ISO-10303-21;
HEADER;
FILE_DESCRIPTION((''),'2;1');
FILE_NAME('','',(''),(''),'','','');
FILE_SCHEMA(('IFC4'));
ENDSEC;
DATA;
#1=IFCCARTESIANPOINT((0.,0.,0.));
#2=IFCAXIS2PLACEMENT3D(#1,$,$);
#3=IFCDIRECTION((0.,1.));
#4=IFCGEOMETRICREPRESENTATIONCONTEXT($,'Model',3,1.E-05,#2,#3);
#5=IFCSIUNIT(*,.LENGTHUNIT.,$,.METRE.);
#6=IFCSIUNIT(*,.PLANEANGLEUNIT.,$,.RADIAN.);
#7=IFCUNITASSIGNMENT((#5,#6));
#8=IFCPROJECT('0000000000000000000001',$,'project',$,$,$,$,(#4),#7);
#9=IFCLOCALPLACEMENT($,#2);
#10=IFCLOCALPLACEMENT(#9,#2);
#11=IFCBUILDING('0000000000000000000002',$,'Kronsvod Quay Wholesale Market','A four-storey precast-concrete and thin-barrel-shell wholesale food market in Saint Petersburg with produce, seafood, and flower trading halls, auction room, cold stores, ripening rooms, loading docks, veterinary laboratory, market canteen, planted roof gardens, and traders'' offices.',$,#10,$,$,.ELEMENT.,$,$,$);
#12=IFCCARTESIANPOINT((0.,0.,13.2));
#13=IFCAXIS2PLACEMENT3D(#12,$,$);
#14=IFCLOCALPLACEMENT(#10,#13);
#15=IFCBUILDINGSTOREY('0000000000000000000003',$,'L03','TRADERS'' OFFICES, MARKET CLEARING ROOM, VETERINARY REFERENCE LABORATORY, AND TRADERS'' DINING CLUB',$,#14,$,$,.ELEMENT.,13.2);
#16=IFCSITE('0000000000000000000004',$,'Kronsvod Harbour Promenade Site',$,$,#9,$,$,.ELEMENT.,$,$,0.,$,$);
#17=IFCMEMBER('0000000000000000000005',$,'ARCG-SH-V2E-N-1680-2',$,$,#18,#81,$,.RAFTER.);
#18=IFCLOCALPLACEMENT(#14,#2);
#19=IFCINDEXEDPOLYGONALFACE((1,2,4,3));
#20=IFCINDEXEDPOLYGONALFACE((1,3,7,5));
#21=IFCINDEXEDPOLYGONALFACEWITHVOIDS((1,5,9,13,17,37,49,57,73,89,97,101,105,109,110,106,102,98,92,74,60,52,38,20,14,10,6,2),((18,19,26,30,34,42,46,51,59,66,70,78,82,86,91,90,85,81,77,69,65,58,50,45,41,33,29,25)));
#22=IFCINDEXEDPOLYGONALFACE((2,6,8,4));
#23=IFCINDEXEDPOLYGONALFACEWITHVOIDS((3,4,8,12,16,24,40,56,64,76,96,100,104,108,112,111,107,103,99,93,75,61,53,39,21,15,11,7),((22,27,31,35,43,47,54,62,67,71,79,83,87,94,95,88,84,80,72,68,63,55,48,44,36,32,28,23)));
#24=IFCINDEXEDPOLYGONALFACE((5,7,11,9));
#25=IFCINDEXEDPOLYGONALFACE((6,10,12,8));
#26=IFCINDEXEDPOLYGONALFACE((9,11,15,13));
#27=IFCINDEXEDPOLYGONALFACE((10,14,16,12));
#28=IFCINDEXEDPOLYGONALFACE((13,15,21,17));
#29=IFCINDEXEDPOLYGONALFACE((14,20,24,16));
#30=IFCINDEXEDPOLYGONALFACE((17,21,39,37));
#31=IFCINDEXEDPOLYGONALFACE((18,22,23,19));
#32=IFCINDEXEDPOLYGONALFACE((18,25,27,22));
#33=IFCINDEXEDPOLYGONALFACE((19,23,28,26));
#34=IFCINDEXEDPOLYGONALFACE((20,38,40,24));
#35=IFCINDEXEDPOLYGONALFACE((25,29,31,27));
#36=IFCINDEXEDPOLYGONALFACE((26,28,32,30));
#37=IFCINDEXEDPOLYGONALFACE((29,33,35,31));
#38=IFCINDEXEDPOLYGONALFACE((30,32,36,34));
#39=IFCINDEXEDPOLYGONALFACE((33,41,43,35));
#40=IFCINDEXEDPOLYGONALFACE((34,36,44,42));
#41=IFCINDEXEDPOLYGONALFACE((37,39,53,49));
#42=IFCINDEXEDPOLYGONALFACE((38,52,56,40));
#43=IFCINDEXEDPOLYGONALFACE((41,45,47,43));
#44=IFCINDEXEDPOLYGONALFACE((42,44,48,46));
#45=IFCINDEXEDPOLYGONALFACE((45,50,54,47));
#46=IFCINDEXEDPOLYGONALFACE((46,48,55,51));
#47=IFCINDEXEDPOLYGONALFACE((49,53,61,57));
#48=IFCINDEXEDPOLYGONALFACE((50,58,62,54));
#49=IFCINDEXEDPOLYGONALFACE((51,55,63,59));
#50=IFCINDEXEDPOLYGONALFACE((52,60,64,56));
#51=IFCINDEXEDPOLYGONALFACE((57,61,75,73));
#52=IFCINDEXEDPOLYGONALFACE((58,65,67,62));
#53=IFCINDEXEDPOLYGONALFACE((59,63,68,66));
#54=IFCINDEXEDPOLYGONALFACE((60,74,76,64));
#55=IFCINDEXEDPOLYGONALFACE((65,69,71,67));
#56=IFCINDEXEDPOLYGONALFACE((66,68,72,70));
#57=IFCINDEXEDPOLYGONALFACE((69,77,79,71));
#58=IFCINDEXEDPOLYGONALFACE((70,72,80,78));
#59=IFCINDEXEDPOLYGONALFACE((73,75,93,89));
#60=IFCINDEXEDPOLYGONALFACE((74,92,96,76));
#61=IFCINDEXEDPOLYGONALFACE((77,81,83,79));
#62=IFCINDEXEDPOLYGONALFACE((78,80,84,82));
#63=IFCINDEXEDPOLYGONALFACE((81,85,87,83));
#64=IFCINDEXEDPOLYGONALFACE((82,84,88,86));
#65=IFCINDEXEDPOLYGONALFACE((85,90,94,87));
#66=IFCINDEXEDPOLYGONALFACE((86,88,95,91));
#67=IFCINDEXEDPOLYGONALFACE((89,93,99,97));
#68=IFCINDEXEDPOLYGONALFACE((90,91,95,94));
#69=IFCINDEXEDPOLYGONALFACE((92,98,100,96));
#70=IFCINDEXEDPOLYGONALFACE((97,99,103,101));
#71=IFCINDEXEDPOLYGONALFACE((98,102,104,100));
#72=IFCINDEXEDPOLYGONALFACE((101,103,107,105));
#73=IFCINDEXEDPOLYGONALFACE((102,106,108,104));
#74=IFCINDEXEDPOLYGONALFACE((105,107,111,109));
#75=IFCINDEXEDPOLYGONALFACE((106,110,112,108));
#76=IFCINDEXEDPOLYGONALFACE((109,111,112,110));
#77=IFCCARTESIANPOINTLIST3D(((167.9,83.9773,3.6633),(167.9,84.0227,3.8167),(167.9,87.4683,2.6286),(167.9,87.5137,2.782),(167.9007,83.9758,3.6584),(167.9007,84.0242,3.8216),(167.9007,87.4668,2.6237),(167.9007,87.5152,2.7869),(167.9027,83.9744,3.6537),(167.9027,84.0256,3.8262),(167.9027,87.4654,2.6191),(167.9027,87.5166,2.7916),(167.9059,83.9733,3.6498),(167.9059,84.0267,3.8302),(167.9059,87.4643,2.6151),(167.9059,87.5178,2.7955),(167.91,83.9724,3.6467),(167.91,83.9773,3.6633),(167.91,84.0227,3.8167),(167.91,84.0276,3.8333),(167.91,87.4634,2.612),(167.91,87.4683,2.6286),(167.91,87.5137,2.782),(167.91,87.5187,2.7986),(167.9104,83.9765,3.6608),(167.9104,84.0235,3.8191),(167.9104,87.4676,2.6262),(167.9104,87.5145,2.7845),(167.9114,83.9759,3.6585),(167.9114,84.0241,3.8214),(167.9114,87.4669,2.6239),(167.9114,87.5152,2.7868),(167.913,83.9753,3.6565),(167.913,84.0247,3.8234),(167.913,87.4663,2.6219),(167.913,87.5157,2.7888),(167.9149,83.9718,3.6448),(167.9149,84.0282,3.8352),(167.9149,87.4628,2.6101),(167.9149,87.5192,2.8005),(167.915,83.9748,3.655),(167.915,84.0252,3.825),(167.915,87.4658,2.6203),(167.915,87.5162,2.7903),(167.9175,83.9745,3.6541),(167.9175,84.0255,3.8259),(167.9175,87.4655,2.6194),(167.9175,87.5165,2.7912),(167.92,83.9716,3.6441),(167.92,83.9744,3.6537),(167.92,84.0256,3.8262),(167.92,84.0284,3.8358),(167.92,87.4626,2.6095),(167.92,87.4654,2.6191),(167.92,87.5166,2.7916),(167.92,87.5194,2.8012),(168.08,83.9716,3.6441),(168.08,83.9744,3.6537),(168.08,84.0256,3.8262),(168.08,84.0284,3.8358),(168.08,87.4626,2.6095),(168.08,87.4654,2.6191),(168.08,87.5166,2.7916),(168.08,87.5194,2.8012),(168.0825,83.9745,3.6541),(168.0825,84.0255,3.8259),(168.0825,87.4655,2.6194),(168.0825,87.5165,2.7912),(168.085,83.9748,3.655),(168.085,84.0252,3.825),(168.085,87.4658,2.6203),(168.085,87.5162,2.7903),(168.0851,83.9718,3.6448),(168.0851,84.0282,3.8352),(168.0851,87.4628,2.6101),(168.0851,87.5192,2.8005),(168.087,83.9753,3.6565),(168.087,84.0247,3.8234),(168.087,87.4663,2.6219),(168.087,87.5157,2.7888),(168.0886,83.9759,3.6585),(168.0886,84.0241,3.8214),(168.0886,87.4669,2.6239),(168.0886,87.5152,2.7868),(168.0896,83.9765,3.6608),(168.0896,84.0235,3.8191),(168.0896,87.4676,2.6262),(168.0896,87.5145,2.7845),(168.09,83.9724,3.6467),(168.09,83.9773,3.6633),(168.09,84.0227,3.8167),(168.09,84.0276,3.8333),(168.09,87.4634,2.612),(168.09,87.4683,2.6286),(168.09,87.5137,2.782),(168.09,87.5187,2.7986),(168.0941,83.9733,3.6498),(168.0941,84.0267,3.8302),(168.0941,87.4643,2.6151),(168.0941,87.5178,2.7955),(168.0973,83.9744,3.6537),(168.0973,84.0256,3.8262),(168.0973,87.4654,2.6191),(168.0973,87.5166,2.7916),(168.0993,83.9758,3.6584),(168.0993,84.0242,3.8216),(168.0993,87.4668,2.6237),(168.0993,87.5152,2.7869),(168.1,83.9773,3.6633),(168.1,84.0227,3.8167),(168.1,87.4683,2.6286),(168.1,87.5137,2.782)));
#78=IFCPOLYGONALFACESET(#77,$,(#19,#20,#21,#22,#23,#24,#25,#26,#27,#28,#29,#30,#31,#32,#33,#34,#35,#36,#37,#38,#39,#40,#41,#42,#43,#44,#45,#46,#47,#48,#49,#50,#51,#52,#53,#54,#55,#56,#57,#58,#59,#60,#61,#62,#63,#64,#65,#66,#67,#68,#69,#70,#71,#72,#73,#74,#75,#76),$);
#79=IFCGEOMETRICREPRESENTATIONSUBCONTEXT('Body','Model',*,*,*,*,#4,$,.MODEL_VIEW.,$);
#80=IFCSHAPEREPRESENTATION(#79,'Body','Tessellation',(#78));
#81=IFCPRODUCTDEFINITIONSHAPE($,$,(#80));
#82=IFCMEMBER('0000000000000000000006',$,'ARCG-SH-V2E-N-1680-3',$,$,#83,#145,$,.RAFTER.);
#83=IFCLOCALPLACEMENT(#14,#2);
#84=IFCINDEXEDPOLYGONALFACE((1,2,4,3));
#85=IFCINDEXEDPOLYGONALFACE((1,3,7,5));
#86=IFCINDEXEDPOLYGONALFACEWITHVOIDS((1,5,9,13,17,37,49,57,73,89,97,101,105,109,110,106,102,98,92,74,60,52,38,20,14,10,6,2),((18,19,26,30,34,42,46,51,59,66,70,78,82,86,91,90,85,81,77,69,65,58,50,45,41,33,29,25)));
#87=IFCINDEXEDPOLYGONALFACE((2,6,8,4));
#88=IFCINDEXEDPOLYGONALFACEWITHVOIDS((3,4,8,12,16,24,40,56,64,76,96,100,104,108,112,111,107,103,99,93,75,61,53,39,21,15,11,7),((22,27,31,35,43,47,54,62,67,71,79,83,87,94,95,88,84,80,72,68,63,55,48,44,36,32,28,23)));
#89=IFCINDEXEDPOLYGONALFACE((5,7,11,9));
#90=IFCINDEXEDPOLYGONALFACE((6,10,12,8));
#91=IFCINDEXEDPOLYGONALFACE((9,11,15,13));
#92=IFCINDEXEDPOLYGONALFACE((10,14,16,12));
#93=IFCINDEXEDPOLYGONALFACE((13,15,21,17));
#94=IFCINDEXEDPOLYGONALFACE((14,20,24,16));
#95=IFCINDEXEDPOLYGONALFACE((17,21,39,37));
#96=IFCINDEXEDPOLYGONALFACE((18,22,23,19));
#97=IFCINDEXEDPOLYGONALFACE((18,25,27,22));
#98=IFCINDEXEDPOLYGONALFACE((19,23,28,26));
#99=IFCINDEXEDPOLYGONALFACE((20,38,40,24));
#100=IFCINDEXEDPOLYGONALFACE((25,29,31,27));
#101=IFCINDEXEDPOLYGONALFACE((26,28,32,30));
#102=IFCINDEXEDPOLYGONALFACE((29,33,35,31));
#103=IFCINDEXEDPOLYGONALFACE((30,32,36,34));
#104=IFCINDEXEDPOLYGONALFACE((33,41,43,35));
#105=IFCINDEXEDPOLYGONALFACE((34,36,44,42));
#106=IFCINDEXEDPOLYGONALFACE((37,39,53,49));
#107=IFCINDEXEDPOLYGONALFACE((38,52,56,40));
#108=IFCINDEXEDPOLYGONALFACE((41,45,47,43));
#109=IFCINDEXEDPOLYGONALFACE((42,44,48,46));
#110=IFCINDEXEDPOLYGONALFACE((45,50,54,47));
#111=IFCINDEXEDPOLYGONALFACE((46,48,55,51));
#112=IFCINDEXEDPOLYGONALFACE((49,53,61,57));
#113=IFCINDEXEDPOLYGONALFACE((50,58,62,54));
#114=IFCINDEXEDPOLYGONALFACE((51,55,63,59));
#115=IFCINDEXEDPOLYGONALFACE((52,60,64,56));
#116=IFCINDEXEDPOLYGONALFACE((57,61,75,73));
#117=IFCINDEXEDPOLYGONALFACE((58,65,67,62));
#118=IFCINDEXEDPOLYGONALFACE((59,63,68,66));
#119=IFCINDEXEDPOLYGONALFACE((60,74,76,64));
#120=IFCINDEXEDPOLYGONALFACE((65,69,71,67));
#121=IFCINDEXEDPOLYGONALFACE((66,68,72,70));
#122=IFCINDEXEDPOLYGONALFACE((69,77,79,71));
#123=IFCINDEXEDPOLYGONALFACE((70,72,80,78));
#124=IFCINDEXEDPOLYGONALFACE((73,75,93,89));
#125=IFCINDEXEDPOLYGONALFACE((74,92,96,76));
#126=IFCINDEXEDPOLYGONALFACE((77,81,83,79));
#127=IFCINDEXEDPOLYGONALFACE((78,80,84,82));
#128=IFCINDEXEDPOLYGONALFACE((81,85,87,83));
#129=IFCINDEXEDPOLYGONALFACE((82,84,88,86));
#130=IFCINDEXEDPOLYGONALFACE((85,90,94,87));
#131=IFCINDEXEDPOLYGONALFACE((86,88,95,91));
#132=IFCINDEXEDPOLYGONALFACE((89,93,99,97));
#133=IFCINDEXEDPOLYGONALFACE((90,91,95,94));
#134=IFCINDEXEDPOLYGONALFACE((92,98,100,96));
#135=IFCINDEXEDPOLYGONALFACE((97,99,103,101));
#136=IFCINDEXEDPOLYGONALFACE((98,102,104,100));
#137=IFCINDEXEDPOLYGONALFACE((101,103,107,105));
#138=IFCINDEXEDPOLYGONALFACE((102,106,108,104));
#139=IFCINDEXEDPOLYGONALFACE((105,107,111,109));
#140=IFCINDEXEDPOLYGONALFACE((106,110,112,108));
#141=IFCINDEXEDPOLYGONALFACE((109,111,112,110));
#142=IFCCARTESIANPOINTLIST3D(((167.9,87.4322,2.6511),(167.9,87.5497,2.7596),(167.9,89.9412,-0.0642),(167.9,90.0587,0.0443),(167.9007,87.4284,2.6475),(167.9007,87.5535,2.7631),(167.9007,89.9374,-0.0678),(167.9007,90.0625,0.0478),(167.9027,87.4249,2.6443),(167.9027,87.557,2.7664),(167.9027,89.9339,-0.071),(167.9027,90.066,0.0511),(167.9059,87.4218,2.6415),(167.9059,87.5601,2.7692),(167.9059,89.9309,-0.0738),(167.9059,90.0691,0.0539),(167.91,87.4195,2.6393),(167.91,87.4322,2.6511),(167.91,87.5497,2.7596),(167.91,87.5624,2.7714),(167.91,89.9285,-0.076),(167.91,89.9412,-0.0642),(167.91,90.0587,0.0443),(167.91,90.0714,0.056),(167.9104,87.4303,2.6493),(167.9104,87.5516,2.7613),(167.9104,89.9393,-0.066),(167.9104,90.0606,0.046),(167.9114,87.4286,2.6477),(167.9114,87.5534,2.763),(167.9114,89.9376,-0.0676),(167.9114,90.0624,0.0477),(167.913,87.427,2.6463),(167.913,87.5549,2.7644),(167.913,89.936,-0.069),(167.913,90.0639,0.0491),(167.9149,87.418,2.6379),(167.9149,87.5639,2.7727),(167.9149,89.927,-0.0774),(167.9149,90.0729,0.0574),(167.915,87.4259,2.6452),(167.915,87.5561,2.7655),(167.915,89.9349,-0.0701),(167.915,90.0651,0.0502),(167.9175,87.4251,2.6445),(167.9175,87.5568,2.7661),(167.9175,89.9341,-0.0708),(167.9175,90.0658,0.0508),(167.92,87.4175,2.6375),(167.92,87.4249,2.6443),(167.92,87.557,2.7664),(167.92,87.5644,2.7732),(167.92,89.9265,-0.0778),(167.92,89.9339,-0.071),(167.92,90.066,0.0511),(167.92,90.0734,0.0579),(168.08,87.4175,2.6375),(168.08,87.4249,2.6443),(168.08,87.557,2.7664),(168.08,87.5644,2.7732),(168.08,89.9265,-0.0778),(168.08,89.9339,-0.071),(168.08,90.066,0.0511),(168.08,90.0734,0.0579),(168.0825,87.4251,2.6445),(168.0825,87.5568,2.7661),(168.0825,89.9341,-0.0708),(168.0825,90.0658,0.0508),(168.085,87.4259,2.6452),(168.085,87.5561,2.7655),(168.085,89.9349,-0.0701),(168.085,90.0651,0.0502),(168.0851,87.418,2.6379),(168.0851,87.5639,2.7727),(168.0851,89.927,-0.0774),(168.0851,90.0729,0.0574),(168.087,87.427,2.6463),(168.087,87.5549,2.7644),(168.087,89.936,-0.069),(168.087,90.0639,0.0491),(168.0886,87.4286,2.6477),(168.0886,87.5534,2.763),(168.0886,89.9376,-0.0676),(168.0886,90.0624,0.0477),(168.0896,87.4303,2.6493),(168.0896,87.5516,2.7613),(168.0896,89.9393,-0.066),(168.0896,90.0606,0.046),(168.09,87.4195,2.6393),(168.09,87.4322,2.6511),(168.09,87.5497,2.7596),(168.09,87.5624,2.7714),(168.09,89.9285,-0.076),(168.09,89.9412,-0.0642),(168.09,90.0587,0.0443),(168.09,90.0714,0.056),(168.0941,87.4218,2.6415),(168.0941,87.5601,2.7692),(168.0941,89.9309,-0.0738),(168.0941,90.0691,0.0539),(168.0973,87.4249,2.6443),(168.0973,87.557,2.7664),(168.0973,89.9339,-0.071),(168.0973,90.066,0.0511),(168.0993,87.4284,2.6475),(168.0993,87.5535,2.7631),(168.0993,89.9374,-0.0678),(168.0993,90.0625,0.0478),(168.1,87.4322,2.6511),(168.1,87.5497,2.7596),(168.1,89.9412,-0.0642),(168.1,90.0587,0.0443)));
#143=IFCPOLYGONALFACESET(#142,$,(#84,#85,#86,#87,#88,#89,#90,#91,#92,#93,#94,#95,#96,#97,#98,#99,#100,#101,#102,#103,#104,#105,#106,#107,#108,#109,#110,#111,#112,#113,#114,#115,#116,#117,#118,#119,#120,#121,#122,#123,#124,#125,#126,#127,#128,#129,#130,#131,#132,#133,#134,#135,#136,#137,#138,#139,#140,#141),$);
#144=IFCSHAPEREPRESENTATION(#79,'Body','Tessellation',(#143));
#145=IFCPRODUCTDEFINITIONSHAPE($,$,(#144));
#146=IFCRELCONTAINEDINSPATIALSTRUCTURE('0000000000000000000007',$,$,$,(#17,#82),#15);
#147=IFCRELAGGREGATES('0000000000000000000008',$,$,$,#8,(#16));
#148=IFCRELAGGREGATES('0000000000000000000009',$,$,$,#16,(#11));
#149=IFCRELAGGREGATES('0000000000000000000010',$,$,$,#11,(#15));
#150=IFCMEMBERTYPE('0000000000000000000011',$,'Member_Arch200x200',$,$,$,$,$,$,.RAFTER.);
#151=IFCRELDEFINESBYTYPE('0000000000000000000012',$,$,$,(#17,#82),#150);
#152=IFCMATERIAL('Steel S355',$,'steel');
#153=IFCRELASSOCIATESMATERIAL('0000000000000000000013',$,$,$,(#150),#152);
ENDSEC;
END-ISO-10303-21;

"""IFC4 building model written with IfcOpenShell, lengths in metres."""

from ifc_helpers import new_model, si_unit, direction, frame, origin, origin_2d, place, context, subcontext, project, spatial, hollow_rectangle, extrude, material, material_profile, profile_set, type_object, element, save


model = new_model("IFC4")

# Units and contexts
model_context = context("Model", 3, precision=1e-05, world=origin(), true_north=direction((0.0, 1.0)))
body_context = subcontext(model_context, "Body", "Model", "MODEL_VIEW")
ifc_project = project(units=[si_unit("LENGTHUNIT", "METRE"), si_unit("PLANEANGLEUNIT", "RADIAN")], contexts=[model_context])

# Site, building, storey
site_placement = place(None, origin())
site = spatial("IfcSite", under=ifc_project, at=site_placement, Name="Kronsvod Harbour Promenade Site", CompositionType="ELEMENT", RefElevation=0.0)
building_placement = place(site_placement, origin())
building = spatial("IfcBuilding", under=site, at=building_placement, Name="Kronsvod Quay Wholesale Market", Description="A four-storey precast-concrete and thin-barrel-shell wholesale food market in Saint Petersburg with produce, seafood, and flower trading halls, auction room, cold stores, ripening rooms, loading docks, veterinary laboratory, market canteen, planted roof gardens, and traders' offices.", CompositionType="ELEMENT")
storey_placement = place(building_placement, frame((0.0, 0.0, 13.2)))
storey = spatial("IfcBuildingStorey", under=building, at=storey_placement, Name="L03", Description="TRADERS' OFFICES, MARKET CLEARING ROOM, VETERINARY REFERENCE LABORATORY, AND TRADERS' DINING CLUB", CompositionType="ELEMENT", Elevation=13.2)

# Members
ifc_material_1 = material(Name="Steel S355", Category="steel")
ifc_material_profile_1 = material_profile(ifc_material_1, hollow_rectangle(XDim=0.2, YDim=0.2, WallThickness=0.01, InnerFilletRadius=0.01, OuterFilletRadius=0.02, at=origin_2d()), Name="RHS200x200x10")
ifc_profile_set_1 = profile_set([ifc_material_profile_1], Name="Steel S355")
member_type_1 = type_object("IfcMemberType", Name="Member_Arch200x200", PredefinedType="RAFTER", material=ifc_profile_set_1)
for number, where, z_axis, x_axis, name in (
    (1, (168.0, 84.0, 3.74), (0.0, 0.958775, -0.284166), (-1.0, 0.0, 0.0), "ARCG-SH-V2E-N-1680-2"),
):
    element("IfcMember", number, at=place(storey_placement, frame(where, z_axis=z_axis, x_axis=x_axis)), inside=storey, type_object=member_type_1, Name=name, PredefinedType="RAFTER", context=body_context, shape_type="SweptSolid", body=[
        extrude(hollow_rectangle(XDim=0.2, YDim=0.2, WallThickness=0.01, InnerFilletRadius=0.01, OuterFilletRadius=0.02, at=origin_2d()), origin(), (0.0, 0.0, 1.0), 3.6411),
    ])
member_1_placement = place(storey_placement, frame((168.0, 87.491, 2.7053), z_axis=(0.0, 0.678656, -0.734456), x_axis=(-1.0, 0.0, 0.0)))
element("IfcMember", 2, at=member_1_placement, inside=storey, type_object=member_type_1, Name="ARCG-SH-V2E-N-1680-3", PredefinedType="RAFTER", context=body_context, shape_type="SweptSolid", body=[
    extrude(hollow_rectangle(XDim=0.2, YDim=0.2, WallThickness=0.01, InnerFilletRadius=0.01, OuterFilletRadius=0.02, at=origin_2d()), origin(), (0.0, 0.0, 1.0), 3.697),
])

save(model, "model.ifc")
